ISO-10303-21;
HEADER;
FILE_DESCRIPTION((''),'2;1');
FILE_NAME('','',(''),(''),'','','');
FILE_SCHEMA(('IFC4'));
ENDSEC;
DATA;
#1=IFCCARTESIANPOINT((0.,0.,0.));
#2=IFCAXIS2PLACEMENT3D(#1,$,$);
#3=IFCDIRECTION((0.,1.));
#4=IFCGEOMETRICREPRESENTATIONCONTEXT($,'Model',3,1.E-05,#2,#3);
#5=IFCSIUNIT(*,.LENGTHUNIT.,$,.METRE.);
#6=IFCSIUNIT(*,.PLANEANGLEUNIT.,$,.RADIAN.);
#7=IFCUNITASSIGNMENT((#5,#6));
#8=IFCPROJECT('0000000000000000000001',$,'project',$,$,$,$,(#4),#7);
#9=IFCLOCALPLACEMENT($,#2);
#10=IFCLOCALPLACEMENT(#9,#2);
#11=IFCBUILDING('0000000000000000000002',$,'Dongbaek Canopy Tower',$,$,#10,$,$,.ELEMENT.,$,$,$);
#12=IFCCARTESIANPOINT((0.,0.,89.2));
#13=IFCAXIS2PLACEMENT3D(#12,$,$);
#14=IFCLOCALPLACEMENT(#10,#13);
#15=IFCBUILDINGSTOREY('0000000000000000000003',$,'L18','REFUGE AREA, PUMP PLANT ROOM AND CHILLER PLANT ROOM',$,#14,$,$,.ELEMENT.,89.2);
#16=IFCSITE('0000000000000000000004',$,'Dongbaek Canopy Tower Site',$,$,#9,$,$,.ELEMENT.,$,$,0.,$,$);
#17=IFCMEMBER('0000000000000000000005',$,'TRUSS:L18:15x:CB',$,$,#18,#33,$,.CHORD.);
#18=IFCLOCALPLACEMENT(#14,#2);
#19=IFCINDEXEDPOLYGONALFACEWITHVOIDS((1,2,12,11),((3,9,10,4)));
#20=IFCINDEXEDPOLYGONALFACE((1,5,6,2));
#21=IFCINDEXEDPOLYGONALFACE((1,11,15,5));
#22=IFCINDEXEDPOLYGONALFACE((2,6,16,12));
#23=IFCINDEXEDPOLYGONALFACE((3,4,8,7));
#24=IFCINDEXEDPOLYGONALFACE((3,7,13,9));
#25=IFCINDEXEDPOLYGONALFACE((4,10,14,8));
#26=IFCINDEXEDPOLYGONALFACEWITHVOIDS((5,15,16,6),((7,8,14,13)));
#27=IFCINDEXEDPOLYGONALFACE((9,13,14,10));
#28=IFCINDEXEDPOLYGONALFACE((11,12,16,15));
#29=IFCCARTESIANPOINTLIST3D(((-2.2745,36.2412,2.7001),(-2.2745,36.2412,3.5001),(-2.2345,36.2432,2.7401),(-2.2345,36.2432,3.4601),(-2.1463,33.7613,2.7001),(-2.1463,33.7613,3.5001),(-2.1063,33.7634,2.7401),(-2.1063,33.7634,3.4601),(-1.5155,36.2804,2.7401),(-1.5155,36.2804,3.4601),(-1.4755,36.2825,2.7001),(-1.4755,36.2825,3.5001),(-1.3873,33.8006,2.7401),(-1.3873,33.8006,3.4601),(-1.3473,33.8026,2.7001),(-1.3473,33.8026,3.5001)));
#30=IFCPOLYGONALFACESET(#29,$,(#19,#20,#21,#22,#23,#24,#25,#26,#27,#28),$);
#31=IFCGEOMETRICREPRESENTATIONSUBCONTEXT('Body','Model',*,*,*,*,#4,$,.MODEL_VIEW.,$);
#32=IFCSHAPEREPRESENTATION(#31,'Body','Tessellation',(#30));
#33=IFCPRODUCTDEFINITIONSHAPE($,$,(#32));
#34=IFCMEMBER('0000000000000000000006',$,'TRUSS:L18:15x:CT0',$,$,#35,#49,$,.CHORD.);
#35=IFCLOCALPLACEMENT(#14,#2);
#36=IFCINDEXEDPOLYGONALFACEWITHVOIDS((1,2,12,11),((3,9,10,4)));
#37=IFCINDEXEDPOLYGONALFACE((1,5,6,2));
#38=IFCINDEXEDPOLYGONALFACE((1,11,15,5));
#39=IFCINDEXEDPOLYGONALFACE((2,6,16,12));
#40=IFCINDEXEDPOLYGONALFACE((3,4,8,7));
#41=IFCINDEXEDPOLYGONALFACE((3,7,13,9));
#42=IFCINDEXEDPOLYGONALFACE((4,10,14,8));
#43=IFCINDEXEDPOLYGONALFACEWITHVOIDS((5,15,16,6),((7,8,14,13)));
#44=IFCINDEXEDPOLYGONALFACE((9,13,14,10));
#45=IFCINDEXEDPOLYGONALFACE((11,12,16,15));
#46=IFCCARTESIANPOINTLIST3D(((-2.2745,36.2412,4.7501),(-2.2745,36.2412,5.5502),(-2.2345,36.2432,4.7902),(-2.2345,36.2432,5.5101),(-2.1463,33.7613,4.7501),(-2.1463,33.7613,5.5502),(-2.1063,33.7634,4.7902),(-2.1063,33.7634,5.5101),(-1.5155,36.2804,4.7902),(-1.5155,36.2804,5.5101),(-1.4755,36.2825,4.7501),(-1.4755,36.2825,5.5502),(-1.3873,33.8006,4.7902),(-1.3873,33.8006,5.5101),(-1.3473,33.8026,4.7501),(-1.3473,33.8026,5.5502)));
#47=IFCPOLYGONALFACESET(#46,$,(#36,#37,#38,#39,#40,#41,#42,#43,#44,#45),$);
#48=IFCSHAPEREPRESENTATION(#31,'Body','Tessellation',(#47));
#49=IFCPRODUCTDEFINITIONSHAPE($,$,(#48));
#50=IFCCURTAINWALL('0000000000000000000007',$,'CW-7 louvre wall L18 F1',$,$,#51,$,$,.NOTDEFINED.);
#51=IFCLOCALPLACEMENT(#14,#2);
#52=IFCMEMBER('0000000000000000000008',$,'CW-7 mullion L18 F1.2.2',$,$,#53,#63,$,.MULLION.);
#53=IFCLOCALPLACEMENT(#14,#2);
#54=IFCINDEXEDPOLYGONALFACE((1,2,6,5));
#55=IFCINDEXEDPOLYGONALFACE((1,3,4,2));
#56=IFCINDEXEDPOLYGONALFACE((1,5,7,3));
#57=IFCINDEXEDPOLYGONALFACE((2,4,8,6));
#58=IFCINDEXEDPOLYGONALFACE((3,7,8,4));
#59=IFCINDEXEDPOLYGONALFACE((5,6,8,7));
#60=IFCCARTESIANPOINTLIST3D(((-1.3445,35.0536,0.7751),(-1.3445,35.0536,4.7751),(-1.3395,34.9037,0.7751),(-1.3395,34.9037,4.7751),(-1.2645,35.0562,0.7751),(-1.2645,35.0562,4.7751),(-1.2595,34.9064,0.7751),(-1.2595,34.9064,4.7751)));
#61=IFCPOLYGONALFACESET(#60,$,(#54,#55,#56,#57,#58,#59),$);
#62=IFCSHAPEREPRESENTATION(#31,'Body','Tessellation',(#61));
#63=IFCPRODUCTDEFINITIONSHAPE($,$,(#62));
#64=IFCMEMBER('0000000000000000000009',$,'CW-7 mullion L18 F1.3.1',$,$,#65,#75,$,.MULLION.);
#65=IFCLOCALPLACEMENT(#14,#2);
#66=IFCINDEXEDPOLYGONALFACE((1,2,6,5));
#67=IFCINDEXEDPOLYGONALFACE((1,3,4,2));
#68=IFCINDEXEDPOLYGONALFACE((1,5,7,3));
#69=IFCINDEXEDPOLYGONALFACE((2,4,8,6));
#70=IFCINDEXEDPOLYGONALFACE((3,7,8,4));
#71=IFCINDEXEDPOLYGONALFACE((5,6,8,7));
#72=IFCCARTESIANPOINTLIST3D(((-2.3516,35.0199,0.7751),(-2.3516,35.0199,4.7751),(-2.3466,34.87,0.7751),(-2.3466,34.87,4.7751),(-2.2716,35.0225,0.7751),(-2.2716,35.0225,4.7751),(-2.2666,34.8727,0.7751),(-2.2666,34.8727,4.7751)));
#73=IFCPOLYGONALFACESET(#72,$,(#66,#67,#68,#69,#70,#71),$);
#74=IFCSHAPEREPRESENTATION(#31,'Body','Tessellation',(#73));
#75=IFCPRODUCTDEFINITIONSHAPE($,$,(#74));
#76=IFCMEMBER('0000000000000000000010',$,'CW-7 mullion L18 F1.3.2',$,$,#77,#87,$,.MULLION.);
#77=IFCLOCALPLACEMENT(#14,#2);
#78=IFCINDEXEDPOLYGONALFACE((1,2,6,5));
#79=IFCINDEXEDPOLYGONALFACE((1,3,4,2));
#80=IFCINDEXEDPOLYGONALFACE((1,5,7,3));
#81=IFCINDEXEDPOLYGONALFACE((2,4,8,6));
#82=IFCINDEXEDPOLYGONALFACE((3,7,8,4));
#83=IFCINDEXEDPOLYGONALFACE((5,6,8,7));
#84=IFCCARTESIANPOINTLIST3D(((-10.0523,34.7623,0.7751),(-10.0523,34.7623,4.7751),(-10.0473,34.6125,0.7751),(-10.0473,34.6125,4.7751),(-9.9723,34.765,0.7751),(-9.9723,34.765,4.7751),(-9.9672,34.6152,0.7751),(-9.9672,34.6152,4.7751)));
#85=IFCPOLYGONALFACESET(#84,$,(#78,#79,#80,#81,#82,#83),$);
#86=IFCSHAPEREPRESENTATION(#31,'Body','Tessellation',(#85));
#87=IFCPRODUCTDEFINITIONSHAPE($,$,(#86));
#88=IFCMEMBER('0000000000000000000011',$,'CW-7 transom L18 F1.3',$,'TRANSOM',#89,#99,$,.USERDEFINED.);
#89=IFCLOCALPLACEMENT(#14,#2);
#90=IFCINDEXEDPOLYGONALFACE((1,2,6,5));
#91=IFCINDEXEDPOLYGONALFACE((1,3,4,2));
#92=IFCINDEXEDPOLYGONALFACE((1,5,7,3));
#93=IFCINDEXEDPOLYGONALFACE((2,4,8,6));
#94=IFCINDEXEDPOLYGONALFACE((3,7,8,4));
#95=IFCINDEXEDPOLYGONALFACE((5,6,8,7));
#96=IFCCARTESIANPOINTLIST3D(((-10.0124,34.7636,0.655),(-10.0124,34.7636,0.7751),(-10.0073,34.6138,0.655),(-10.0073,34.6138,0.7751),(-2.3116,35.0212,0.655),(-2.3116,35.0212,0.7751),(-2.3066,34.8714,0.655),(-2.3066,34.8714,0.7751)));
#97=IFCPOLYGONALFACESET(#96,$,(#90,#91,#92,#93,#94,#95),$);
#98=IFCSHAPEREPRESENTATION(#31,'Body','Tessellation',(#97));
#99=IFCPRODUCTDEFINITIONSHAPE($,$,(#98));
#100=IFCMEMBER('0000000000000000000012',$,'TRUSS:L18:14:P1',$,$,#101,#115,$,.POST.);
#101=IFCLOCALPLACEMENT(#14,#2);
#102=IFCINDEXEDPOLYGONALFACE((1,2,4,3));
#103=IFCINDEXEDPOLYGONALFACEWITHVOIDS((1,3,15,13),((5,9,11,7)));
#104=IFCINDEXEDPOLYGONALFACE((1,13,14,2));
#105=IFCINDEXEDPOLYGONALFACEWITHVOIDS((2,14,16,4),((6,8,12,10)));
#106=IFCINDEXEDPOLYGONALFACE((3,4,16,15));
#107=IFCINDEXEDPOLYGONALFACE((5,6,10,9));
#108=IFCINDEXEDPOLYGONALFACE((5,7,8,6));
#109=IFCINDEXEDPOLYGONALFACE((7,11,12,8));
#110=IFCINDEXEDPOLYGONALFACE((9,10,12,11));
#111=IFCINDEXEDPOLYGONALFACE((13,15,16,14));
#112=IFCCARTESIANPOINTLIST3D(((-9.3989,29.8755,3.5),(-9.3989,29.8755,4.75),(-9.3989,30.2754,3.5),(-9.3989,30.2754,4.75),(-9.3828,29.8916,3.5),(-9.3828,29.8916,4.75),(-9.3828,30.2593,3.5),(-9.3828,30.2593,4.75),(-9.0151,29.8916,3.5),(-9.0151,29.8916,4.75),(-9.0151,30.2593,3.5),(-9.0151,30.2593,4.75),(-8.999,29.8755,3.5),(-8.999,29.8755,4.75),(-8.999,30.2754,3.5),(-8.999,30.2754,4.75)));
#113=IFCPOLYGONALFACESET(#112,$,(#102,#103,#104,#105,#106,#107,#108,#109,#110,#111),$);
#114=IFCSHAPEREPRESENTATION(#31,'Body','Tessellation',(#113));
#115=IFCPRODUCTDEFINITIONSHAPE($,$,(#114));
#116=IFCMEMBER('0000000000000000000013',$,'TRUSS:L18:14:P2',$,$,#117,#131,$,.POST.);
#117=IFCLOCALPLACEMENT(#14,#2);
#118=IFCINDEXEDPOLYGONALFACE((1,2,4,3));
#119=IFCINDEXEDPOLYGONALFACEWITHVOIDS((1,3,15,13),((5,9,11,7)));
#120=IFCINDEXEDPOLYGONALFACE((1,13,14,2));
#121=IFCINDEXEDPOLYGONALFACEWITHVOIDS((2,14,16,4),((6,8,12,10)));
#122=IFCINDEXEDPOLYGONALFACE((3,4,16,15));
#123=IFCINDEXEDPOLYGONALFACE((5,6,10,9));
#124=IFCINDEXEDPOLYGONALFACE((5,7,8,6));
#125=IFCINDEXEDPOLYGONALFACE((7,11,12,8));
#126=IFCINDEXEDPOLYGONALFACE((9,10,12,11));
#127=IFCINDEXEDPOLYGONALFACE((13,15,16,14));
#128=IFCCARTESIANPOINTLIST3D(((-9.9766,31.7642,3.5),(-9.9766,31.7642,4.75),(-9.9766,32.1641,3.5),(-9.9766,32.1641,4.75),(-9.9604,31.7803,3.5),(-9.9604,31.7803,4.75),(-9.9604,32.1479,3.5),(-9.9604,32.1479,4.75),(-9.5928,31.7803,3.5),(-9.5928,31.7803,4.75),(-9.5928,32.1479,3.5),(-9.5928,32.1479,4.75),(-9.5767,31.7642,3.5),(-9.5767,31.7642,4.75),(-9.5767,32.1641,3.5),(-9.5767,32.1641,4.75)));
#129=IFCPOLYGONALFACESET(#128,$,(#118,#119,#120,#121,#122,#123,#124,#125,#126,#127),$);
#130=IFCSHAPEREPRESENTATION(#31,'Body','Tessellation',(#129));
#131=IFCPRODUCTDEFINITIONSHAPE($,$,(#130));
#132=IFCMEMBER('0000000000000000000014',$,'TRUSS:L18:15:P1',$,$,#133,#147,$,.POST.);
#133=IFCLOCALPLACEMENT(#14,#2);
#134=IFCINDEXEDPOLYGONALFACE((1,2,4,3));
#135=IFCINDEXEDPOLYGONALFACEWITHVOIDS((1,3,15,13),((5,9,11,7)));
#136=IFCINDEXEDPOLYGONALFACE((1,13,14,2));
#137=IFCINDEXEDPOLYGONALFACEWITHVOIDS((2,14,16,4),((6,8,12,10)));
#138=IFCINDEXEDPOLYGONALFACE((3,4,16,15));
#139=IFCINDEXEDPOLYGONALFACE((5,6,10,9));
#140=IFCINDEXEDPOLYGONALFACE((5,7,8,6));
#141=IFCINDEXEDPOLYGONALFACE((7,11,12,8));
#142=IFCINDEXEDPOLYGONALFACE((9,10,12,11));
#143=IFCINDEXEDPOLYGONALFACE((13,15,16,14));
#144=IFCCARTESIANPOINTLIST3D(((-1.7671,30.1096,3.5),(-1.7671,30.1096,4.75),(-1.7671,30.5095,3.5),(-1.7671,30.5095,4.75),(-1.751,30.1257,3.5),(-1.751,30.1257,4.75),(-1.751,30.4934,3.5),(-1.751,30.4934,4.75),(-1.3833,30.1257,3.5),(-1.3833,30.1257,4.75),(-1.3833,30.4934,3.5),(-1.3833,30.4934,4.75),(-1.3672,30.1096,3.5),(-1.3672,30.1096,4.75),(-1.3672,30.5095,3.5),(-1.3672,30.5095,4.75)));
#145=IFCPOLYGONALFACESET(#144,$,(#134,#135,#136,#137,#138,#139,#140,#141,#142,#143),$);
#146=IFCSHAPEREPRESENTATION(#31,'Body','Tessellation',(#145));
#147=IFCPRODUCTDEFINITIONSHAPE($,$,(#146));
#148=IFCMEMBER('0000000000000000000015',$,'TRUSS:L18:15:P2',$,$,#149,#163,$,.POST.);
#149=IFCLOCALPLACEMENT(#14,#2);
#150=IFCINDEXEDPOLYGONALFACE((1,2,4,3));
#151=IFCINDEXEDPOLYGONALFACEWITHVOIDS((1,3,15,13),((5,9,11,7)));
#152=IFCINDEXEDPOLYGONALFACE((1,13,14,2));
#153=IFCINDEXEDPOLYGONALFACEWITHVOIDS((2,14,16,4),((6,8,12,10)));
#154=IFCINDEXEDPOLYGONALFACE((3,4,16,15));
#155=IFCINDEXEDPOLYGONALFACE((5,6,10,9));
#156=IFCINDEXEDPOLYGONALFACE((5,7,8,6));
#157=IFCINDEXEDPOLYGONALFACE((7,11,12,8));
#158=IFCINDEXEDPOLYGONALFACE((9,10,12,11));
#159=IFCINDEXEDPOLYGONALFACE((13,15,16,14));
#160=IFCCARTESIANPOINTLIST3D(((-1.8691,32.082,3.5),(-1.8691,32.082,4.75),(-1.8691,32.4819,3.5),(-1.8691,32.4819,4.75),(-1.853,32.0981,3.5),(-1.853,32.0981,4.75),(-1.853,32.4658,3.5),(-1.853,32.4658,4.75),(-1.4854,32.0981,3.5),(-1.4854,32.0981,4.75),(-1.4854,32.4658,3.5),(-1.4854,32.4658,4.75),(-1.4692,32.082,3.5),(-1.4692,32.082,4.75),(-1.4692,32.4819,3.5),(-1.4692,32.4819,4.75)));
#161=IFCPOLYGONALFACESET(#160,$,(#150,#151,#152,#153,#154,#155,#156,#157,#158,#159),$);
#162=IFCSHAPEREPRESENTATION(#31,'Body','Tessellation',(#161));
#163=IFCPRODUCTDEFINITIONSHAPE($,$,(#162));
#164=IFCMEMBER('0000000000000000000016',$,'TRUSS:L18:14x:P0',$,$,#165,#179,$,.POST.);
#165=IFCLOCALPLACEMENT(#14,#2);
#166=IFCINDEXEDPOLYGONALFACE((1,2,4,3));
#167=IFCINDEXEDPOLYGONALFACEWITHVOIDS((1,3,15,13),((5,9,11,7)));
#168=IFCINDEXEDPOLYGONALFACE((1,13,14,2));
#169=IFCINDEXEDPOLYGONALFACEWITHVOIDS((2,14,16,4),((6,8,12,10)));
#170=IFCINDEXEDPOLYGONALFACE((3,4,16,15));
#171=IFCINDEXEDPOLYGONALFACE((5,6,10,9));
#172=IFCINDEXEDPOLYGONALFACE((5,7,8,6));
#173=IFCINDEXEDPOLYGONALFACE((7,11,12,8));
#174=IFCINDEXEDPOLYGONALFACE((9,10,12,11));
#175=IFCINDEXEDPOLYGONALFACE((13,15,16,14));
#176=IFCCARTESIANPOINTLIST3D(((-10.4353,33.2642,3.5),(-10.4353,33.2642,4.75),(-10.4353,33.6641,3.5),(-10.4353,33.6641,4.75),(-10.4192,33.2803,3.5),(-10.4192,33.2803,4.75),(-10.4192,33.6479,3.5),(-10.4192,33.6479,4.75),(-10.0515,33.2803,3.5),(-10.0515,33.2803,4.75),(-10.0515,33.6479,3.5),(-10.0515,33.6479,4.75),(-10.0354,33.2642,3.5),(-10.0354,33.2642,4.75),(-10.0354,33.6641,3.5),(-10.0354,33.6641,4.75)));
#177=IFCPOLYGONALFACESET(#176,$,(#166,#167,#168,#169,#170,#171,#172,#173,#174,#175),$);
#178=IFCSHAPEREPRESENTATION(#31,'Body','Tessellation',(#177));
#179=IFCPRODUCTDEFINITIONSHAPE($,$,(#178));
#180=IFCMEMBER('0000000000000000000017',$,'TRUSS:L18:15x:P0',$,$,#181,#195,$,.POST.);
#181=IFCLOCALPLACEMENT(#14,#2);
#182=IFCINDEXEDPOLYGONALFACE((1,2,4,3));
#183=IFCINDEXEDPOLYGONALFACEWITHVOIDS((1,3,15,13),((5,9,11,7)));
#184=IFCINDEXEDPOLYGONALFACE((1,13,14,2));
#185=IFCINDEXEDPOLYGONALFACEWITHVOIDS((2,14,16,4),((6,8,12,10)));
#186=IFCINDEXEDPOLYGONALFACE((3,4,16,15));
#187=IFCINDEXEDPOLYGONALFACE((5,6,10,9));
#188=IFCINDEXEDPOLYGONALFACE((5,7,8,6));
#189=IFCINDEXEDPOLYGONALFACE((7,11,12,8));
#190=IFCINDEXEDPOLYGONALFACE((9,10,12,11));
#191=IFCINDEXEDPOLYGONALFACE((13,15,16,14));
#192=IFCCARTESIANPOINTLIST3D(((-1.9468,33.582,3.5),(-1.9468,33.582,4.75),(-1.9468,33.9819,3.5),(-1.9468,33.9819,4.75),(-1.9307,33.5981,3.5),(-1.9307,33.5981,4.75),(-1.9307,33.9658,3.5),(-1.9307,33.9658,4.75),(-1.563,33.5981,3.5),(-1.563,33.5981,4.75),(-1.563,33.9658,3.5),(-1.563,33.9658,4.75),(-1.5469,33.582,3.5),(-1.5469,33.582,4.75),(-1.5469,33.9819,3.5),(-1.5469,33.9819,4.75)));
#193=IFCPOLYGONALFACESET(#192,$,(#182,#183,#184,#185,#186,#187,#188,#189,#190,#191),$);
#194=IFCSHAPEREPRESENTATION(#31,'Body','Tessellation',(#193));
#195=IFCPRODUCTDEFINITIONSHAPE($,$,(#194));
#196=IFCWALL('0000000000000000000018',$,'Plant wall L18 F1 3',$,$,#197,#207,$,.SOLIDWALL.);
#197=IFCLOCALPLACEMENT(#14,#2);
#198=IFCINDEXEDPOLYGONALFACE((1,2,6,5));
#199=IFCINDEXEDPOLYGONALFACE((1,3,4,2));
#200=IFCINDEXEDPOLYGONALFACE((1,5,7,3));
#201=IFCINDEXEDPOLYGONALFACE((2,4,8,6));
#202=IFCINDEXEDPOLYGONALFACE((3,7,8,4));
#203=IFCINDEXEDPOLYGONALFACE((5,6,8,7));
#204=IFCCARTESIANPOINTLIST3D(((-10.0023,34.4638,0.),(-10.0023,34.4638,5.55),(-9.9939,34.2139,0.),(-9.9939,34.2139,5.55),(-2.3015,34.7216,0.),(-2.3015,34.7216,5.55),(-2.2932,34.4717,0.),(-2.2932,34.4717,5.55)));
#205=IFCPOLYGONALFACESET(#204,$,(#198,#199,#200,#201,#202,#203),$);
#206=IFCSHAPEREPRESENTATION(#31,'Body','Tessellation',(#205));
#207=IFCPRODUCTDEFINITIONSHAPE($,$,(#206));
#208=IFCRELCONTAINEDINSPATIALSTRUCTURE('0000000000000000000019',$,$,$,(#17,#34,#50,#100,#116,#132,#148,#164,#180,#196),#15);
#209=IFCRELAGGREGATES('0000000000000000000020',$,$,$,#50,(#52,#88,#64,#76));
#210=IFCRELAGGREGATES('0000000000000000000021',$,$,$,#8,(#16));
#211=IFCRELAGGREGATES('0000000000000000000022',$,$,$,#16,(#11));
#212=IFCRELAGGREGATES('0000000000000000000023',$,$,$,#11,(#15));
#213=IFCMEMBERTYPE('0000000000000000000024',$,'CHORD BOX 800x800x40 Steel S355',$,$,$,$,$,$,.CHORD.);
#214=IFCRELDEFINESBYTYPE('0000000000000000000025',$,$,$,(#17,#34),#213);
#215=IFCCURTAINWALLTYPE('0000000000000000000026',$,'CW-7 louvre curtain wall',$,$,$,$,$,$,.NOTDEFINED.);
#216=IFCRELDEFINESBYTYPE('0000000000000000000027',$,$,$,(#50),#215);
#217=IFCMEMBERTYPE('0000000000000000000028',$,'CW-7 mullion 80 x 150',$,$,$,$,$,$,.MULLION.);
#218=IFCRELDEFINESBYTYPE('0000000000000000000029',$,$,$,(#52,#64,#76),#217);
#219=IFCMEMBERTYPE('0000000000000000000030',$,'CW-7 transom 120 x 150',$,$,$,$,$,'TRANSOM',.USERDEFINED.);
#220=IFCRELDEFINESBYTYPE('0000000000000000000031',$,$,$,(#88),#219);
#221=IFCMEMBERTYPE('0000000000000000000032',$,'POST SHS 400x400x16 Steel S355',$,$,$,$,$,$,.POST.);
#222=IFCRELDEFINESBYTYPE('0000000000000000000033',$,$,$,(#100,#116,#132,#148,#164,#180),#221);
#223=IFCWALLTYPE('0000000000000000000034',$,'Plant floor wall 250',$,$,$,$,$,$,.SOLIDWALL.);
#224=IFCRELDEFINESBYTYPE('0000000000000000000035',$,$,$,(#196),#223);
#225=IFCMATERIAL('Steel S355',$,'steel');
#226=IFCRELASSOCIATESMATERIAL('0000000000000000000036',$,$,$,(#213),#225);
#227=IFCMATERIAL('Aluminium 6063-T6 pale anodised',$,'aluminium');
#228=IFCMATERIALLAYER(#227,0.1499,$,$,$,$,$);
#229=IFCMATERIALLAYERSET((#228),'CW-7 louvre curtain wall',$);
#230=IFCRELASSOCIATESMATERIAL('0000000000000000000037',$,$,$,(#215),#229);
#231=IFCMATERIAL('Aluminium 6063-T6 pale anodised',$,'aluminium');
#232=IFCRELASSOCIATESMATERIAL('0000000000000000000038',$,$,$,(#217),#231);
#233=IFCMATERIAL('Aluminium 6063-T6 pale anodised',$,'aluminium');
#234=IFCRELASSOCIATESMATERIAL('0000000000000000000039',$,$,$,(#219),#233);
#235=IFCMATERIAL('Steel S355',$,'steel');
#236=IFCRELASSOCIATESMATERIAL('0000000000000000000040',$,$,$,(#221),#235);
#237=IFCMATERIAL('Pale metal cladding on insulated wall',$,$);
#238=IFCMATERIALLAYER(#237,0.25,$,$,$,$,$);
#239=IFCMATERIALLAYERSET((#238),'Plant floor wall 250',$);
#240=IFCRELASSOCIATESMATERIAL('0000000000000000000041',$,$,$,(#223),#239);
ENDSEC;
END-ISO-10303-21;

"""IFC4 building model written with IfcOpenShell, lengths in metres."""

from ifc_helpers import new_model, si_unit, direction, frame, frame_2d, origin, origin_2d, place, context, subcontext, project, spatial, rectangle, hollow_rectangle, extrude, material, layer, layer_set, material_profile, profile_set, type_object, element, aggregate, save


model = new_model("IFC4")

# Units and contexts
model_context = context("Model", 3, precision=1e-05, world=origin(), true_north=direction((0.0, 1.0)))
body_context = subcontext(model_context, "Body", "Model", "MODEL_VIEW")
ifc_project = project(units=[si_unit("LENGTHUNIT", "METRE"), si_unit("PLANEANGLEUNIT", "RADIAN")], contexts=[model_context])

# Site, building, storey
site_placement = place(None, origin())
site = spatial("IfcSite", under=ifc_project, at=site_placement, Name="Dongbaek Canopy Tower Site", CompositionType="ELEMENT", RefElevation=0.0)
building_placement = place(site_placement, origin())
building = spatial("IfcBuilding", under=site, at=building_placement, Name="Dongbaek Canopy Tower", CompositionType="ELEMENT")
storey_placement = place(building_placement, frame((0.0, 0.0, 89.2)))
storey = spatial("IfcBuildingStorey", under=building, at=storey_placement, Name="L18", Description="REFUGE AREA, PUMP PLANT ROOM AND CHILLER PLANT ROOM", CompositionType="ELEMENT", Elevation=89.2)

# Members
ifc_material_1 = material(Name="Steel S355", Category="steel")
ifc_material_profile_1 = material_profile(ifc_material_1, hollow_rectangle(XDim=0.8, YDim=0.8, WallThickness=0.04, at=origin_2d()), Name="CHORD BOX 800x800x40 Steel S355")
ifc_profile_set_1 = profile_set([ifc_material_profile_1], Name="Steel S355")
member_type_1 = type_object("IfcMemberType", Name="CHORD BOX 800x800x40 Steel S355", PredefinedType="CHORD", material=ifc_profile_set_1)
for number, where, z_axis, x_axis, name in (
    (1, (-1.7468, 33.782, 3.1001), (-0.05162, 0.998667, 0.0), (-0.998667, -0.05162, 0.0), "TRUSS:L18:15x:CB"),
    (2, (-1.7468, 33.782, 5.1501), (-0.05162, 0.998667, 0.0), (-0.998667, -0.05162, 0.0), "TRUSS:L18:15x:CT0"),
):
    element("IfcMember", number, at=place(storey_placement, frame(where, z_axis=z_axis, x_axis=x_axis)), inside=storey, type_object=member_type_1, Name=name, PredefinedType="CHORD", context=body_context, shape_type="SweptSolid", body=[
        extrude(hollow_rectangle(XDim=0.8, YDim=0.8, WallThickness=0.04, at=origin_2d()), origin(), (0.0, 0.0, 1.0), 2.4832),
    ])

# Curtain wall, members
ifc_material_2 = material(Name="Aluminium 6063-T6 pale anodised", Category="aluminium")
ifc_layer_1 = layer(ifc_material_2, 0.1499)
ifc_layer_set_1 = layer_set([ifc_layer_1], Name="CW-7 louvre curtain wall")
curtain_wall_type = type_object("IfcCurtainWallType", Name="CW-7 louvre curtain wall", PredefinedType="NOTDEFINED", material=ifc_layer_set_1)
curtain_wall_placement = place(storey_placement, origin())
curtain_wall = element("IfcCurtainWall", 3, at=curtain_wall_placement, inside=storey, type_object=curtain_wall_type, Name="CW-7 louvre wall L18 F1", PredefinedType="NOTDEFINED")
ifc_material_3 = material(Name="Aluminium 6063-T6 pale anodised", Category="aluminium")
ifc_material_profile_2 = material_profile(ifc_material_3, rectangle(XDim=0.1499, YDim=0.0801, at=origin_2d()), Name="CW-7 mullion 80 x 150")
ifc_profile_set_2 = profile_set([ifc_material_profile_2], Name="Aluminium 6063-T6 pale anodised")
member_type_2 = type_object("IfcMemberType", Name="CW-7 mullion 80 x 150", PredefinedType="MULLION", material=ifc_profile_set_2)
member_1_placement = place(storey_placement, frame((-1.302, 34.98, 0.7751), z_axis=(0.0, 0.0, 1.0), x_axis=(-0.033442, 0.999441, 0.0)))
member_1 = element("IfcMember", 4, at=member_1_placement, type_object=member_type_2, Name="CW-7 mullion L18 F1.2.2", PredefinedType="MULLION", context=body_context, shape_type="SweptSolid", body=[
    extrude(rectangle(XDim=0.1499, YDim=0.0801, at=origin_2d()), origin(), (0.0, 0.0, 1.0), 4.0),
])
member_2_placement = place(storey_placement, frame((-2.3091, 34.9463, 0.7751), z_axis=(0.0, 0.0, 1.0), x_axis=(-0.033442, 0.999441, 0.0)))
member_2 = element("IfcMember", 5, at=member_2_placement, type_object=member_type_2, Name="CW-7 mullion L18 F1.3.1", PredefinedType="MULLION", context=body_context, shape_type="SweptSolid", body=[
    extrude(rectangle(XDim=0.1499, YDim=0.0801, at=origin_2d()), origin(), (0.0, 0.0, 1.0), 4.0),
])
member_3_placement = place(storey_placement, frame((-10.0098, 34.6887, 0.7751), z_axis=(0.0, 0.0, 1.0), x_axis=(-0.033442, 0.999441, 0.0)))
member_3 = element("IfcMember", 6, at=member_3_placement, type_object=member_type_2, Name="CW-7 mullion L18 F1.3.2", PredefinedType="MULLION", context=body_context, shape_type="SweptSolid", body=[
    extrude(rectangle(XDim=0.1499, YDim=0.0801, at=origin_2d()), origin(), (0.0, 0.0, 1.0), 4.0),
])
ifc_material_4 = material(Name="Aluminium 6063-T6 pale anodised", Category="aluminium")
ifc_material_profile_3 = material_profile(ifc_material_4, rectangle(XDim=0.1499, YDim=0.1201, at=origin_2d()), Name="CW-7 transom 120 x 150")
ifc_profile_set_3 = profile_set([ifc_material_profile_3], Name="Aluminium 6063-T6 pale anodised")
member_type_3 = type_object("IfcMemberType", Name="CW-7 transom 120 x 150", ElementType="TRANSOM", PredefinedType="USERDEFINED", material=ifc_profile_set_3)
member_4_placement = place(storey_placement, frame((-2.3091, 34.9463, 0.7151), z_axis=(-0.999441, -0.033429, 0.0), x_axis=(0.033429, -0.999441, 0.0)))
member_4 = element("IfcMember", 7, at=member_4_placement, type_object=member_type_3, Name="CW-7 transom L18 F1.3", ObjectType="TRANSOM", PredefinedType="USERDEFINED", context=body_context, shape_type="SweptSolid", body=[
    extrude(rectangle(XDim=0.1499, YDim=0.1201, at=origin_2d()), origin(), (0.0, 0.0, 1.0), 7.7051),
])

# Members
ifc_material_5 = material(Name="Steel S355", Category="steel")
ifc_material_profile_4 = material_profile(ifc_material_5, hollow_rectangle(XDim=0.3999, YDim=0.3999, WallThickness=0.0161, at=origin_2d()), Name="POST SHS 400x400x16 Steel S355")
ifc_profile_set_4 = profile_set([ifc_material_profile_4], Name="Steel S355")
member_type_4 = type_object("IfcMemberType", Name="POST SHS 400x400x16 Steel S355", PredefinedType="POST", material=ifc_profile_set_4)
for number, where, z_axis, x_axis, name in (
    (8, (-9.199, 30.0754, 3.5), (0.0, 0.0, 1.0), (1.0, 0.0, 0.0), "TRUSS:L18:14:P1"),
    (9, (-9.7766, 31.9641, 3.5), (0.0, 0.0, 1.0), (1.0, 0.0, 0.0), "TRUSS:L18:14:P2"),
    (10, (-1.5671, 30.3096, 3.5), (0.0, 0.0, 1.0), (1.0, 0.0, 0.0), "TRUSS:L18:15:P1"),
    (11, (-1.6692, 32.282, 3.5), (0.0, 0.0, 1.0), (1.0, 0.0, 0.0), "TRUSS:L18:15:P2"),
    (12, (-10.2354, 33.4641, 3.5), (0.0, 0.0, 1.0), (1.0, 0.0, 0.0), "TRUSS:L18:14x:P0"),
    (13, (-1.7468, 33.782, 3.5), (0.0, 0.0, 1.0), (1.0, 0.0, 0.0), "TRUSS:L18:15x:P0"),
):
    element("IfcMember", number, at=place(storey_placement, frame(where, z_axis=z_axis, x_axis=x_axis)), inside=storey, type_object=member_type_4, Name=name, PredefinedType="POST", context=body_context, shape_type="SweptSolid", body=[
        extrude(hollow_rectangle(XDim=0.3999, YDim=0.3999, WallThickness=0.0161, at=origin_2d()), origin(), (0.0, 0.0, 1.0), 1.25),
    ])

# Wall
ifc_material_6 = material(Name="Pale metal cladding on insulated wall")
ifc_layer_2 = layer(ifc_material_6, 0.25)
ifc_layer_set_2 = layer_set([ifc_layer_2], Name="Plant floor wall 250")
wall_type = type_object("IfcWallType", Name="Plant floor wall 250", PredefinedType="SOLIDWALL", material=ifc_layer_set_2)
wall_placement = place(storey_placement, frame((-2.2974, 34.5967, 0.0), z_axis=(0.0, 0.0, 1.0), x_axis=(-0.99944, -0.03346, 0.0)))
element("IfcWall", 14, at=wall_placement, inside=storey, type_object=wall_type, Name="Plant wall L18 F1 3", PredefinedType="SOLIDWALL", context=body_context, shape_type="SweptSolid", body=[
    extrude(rectangle(XDim=7.7051, YDim=0.25, at=frame_2d((3.8525, 0.0))), origin(), (0.0, 0.0, 1.0), 5.55),
])

aggregate(curtain_wall, [member_1, member_4, member_2, member_3])

save(model, "model.ifc")
